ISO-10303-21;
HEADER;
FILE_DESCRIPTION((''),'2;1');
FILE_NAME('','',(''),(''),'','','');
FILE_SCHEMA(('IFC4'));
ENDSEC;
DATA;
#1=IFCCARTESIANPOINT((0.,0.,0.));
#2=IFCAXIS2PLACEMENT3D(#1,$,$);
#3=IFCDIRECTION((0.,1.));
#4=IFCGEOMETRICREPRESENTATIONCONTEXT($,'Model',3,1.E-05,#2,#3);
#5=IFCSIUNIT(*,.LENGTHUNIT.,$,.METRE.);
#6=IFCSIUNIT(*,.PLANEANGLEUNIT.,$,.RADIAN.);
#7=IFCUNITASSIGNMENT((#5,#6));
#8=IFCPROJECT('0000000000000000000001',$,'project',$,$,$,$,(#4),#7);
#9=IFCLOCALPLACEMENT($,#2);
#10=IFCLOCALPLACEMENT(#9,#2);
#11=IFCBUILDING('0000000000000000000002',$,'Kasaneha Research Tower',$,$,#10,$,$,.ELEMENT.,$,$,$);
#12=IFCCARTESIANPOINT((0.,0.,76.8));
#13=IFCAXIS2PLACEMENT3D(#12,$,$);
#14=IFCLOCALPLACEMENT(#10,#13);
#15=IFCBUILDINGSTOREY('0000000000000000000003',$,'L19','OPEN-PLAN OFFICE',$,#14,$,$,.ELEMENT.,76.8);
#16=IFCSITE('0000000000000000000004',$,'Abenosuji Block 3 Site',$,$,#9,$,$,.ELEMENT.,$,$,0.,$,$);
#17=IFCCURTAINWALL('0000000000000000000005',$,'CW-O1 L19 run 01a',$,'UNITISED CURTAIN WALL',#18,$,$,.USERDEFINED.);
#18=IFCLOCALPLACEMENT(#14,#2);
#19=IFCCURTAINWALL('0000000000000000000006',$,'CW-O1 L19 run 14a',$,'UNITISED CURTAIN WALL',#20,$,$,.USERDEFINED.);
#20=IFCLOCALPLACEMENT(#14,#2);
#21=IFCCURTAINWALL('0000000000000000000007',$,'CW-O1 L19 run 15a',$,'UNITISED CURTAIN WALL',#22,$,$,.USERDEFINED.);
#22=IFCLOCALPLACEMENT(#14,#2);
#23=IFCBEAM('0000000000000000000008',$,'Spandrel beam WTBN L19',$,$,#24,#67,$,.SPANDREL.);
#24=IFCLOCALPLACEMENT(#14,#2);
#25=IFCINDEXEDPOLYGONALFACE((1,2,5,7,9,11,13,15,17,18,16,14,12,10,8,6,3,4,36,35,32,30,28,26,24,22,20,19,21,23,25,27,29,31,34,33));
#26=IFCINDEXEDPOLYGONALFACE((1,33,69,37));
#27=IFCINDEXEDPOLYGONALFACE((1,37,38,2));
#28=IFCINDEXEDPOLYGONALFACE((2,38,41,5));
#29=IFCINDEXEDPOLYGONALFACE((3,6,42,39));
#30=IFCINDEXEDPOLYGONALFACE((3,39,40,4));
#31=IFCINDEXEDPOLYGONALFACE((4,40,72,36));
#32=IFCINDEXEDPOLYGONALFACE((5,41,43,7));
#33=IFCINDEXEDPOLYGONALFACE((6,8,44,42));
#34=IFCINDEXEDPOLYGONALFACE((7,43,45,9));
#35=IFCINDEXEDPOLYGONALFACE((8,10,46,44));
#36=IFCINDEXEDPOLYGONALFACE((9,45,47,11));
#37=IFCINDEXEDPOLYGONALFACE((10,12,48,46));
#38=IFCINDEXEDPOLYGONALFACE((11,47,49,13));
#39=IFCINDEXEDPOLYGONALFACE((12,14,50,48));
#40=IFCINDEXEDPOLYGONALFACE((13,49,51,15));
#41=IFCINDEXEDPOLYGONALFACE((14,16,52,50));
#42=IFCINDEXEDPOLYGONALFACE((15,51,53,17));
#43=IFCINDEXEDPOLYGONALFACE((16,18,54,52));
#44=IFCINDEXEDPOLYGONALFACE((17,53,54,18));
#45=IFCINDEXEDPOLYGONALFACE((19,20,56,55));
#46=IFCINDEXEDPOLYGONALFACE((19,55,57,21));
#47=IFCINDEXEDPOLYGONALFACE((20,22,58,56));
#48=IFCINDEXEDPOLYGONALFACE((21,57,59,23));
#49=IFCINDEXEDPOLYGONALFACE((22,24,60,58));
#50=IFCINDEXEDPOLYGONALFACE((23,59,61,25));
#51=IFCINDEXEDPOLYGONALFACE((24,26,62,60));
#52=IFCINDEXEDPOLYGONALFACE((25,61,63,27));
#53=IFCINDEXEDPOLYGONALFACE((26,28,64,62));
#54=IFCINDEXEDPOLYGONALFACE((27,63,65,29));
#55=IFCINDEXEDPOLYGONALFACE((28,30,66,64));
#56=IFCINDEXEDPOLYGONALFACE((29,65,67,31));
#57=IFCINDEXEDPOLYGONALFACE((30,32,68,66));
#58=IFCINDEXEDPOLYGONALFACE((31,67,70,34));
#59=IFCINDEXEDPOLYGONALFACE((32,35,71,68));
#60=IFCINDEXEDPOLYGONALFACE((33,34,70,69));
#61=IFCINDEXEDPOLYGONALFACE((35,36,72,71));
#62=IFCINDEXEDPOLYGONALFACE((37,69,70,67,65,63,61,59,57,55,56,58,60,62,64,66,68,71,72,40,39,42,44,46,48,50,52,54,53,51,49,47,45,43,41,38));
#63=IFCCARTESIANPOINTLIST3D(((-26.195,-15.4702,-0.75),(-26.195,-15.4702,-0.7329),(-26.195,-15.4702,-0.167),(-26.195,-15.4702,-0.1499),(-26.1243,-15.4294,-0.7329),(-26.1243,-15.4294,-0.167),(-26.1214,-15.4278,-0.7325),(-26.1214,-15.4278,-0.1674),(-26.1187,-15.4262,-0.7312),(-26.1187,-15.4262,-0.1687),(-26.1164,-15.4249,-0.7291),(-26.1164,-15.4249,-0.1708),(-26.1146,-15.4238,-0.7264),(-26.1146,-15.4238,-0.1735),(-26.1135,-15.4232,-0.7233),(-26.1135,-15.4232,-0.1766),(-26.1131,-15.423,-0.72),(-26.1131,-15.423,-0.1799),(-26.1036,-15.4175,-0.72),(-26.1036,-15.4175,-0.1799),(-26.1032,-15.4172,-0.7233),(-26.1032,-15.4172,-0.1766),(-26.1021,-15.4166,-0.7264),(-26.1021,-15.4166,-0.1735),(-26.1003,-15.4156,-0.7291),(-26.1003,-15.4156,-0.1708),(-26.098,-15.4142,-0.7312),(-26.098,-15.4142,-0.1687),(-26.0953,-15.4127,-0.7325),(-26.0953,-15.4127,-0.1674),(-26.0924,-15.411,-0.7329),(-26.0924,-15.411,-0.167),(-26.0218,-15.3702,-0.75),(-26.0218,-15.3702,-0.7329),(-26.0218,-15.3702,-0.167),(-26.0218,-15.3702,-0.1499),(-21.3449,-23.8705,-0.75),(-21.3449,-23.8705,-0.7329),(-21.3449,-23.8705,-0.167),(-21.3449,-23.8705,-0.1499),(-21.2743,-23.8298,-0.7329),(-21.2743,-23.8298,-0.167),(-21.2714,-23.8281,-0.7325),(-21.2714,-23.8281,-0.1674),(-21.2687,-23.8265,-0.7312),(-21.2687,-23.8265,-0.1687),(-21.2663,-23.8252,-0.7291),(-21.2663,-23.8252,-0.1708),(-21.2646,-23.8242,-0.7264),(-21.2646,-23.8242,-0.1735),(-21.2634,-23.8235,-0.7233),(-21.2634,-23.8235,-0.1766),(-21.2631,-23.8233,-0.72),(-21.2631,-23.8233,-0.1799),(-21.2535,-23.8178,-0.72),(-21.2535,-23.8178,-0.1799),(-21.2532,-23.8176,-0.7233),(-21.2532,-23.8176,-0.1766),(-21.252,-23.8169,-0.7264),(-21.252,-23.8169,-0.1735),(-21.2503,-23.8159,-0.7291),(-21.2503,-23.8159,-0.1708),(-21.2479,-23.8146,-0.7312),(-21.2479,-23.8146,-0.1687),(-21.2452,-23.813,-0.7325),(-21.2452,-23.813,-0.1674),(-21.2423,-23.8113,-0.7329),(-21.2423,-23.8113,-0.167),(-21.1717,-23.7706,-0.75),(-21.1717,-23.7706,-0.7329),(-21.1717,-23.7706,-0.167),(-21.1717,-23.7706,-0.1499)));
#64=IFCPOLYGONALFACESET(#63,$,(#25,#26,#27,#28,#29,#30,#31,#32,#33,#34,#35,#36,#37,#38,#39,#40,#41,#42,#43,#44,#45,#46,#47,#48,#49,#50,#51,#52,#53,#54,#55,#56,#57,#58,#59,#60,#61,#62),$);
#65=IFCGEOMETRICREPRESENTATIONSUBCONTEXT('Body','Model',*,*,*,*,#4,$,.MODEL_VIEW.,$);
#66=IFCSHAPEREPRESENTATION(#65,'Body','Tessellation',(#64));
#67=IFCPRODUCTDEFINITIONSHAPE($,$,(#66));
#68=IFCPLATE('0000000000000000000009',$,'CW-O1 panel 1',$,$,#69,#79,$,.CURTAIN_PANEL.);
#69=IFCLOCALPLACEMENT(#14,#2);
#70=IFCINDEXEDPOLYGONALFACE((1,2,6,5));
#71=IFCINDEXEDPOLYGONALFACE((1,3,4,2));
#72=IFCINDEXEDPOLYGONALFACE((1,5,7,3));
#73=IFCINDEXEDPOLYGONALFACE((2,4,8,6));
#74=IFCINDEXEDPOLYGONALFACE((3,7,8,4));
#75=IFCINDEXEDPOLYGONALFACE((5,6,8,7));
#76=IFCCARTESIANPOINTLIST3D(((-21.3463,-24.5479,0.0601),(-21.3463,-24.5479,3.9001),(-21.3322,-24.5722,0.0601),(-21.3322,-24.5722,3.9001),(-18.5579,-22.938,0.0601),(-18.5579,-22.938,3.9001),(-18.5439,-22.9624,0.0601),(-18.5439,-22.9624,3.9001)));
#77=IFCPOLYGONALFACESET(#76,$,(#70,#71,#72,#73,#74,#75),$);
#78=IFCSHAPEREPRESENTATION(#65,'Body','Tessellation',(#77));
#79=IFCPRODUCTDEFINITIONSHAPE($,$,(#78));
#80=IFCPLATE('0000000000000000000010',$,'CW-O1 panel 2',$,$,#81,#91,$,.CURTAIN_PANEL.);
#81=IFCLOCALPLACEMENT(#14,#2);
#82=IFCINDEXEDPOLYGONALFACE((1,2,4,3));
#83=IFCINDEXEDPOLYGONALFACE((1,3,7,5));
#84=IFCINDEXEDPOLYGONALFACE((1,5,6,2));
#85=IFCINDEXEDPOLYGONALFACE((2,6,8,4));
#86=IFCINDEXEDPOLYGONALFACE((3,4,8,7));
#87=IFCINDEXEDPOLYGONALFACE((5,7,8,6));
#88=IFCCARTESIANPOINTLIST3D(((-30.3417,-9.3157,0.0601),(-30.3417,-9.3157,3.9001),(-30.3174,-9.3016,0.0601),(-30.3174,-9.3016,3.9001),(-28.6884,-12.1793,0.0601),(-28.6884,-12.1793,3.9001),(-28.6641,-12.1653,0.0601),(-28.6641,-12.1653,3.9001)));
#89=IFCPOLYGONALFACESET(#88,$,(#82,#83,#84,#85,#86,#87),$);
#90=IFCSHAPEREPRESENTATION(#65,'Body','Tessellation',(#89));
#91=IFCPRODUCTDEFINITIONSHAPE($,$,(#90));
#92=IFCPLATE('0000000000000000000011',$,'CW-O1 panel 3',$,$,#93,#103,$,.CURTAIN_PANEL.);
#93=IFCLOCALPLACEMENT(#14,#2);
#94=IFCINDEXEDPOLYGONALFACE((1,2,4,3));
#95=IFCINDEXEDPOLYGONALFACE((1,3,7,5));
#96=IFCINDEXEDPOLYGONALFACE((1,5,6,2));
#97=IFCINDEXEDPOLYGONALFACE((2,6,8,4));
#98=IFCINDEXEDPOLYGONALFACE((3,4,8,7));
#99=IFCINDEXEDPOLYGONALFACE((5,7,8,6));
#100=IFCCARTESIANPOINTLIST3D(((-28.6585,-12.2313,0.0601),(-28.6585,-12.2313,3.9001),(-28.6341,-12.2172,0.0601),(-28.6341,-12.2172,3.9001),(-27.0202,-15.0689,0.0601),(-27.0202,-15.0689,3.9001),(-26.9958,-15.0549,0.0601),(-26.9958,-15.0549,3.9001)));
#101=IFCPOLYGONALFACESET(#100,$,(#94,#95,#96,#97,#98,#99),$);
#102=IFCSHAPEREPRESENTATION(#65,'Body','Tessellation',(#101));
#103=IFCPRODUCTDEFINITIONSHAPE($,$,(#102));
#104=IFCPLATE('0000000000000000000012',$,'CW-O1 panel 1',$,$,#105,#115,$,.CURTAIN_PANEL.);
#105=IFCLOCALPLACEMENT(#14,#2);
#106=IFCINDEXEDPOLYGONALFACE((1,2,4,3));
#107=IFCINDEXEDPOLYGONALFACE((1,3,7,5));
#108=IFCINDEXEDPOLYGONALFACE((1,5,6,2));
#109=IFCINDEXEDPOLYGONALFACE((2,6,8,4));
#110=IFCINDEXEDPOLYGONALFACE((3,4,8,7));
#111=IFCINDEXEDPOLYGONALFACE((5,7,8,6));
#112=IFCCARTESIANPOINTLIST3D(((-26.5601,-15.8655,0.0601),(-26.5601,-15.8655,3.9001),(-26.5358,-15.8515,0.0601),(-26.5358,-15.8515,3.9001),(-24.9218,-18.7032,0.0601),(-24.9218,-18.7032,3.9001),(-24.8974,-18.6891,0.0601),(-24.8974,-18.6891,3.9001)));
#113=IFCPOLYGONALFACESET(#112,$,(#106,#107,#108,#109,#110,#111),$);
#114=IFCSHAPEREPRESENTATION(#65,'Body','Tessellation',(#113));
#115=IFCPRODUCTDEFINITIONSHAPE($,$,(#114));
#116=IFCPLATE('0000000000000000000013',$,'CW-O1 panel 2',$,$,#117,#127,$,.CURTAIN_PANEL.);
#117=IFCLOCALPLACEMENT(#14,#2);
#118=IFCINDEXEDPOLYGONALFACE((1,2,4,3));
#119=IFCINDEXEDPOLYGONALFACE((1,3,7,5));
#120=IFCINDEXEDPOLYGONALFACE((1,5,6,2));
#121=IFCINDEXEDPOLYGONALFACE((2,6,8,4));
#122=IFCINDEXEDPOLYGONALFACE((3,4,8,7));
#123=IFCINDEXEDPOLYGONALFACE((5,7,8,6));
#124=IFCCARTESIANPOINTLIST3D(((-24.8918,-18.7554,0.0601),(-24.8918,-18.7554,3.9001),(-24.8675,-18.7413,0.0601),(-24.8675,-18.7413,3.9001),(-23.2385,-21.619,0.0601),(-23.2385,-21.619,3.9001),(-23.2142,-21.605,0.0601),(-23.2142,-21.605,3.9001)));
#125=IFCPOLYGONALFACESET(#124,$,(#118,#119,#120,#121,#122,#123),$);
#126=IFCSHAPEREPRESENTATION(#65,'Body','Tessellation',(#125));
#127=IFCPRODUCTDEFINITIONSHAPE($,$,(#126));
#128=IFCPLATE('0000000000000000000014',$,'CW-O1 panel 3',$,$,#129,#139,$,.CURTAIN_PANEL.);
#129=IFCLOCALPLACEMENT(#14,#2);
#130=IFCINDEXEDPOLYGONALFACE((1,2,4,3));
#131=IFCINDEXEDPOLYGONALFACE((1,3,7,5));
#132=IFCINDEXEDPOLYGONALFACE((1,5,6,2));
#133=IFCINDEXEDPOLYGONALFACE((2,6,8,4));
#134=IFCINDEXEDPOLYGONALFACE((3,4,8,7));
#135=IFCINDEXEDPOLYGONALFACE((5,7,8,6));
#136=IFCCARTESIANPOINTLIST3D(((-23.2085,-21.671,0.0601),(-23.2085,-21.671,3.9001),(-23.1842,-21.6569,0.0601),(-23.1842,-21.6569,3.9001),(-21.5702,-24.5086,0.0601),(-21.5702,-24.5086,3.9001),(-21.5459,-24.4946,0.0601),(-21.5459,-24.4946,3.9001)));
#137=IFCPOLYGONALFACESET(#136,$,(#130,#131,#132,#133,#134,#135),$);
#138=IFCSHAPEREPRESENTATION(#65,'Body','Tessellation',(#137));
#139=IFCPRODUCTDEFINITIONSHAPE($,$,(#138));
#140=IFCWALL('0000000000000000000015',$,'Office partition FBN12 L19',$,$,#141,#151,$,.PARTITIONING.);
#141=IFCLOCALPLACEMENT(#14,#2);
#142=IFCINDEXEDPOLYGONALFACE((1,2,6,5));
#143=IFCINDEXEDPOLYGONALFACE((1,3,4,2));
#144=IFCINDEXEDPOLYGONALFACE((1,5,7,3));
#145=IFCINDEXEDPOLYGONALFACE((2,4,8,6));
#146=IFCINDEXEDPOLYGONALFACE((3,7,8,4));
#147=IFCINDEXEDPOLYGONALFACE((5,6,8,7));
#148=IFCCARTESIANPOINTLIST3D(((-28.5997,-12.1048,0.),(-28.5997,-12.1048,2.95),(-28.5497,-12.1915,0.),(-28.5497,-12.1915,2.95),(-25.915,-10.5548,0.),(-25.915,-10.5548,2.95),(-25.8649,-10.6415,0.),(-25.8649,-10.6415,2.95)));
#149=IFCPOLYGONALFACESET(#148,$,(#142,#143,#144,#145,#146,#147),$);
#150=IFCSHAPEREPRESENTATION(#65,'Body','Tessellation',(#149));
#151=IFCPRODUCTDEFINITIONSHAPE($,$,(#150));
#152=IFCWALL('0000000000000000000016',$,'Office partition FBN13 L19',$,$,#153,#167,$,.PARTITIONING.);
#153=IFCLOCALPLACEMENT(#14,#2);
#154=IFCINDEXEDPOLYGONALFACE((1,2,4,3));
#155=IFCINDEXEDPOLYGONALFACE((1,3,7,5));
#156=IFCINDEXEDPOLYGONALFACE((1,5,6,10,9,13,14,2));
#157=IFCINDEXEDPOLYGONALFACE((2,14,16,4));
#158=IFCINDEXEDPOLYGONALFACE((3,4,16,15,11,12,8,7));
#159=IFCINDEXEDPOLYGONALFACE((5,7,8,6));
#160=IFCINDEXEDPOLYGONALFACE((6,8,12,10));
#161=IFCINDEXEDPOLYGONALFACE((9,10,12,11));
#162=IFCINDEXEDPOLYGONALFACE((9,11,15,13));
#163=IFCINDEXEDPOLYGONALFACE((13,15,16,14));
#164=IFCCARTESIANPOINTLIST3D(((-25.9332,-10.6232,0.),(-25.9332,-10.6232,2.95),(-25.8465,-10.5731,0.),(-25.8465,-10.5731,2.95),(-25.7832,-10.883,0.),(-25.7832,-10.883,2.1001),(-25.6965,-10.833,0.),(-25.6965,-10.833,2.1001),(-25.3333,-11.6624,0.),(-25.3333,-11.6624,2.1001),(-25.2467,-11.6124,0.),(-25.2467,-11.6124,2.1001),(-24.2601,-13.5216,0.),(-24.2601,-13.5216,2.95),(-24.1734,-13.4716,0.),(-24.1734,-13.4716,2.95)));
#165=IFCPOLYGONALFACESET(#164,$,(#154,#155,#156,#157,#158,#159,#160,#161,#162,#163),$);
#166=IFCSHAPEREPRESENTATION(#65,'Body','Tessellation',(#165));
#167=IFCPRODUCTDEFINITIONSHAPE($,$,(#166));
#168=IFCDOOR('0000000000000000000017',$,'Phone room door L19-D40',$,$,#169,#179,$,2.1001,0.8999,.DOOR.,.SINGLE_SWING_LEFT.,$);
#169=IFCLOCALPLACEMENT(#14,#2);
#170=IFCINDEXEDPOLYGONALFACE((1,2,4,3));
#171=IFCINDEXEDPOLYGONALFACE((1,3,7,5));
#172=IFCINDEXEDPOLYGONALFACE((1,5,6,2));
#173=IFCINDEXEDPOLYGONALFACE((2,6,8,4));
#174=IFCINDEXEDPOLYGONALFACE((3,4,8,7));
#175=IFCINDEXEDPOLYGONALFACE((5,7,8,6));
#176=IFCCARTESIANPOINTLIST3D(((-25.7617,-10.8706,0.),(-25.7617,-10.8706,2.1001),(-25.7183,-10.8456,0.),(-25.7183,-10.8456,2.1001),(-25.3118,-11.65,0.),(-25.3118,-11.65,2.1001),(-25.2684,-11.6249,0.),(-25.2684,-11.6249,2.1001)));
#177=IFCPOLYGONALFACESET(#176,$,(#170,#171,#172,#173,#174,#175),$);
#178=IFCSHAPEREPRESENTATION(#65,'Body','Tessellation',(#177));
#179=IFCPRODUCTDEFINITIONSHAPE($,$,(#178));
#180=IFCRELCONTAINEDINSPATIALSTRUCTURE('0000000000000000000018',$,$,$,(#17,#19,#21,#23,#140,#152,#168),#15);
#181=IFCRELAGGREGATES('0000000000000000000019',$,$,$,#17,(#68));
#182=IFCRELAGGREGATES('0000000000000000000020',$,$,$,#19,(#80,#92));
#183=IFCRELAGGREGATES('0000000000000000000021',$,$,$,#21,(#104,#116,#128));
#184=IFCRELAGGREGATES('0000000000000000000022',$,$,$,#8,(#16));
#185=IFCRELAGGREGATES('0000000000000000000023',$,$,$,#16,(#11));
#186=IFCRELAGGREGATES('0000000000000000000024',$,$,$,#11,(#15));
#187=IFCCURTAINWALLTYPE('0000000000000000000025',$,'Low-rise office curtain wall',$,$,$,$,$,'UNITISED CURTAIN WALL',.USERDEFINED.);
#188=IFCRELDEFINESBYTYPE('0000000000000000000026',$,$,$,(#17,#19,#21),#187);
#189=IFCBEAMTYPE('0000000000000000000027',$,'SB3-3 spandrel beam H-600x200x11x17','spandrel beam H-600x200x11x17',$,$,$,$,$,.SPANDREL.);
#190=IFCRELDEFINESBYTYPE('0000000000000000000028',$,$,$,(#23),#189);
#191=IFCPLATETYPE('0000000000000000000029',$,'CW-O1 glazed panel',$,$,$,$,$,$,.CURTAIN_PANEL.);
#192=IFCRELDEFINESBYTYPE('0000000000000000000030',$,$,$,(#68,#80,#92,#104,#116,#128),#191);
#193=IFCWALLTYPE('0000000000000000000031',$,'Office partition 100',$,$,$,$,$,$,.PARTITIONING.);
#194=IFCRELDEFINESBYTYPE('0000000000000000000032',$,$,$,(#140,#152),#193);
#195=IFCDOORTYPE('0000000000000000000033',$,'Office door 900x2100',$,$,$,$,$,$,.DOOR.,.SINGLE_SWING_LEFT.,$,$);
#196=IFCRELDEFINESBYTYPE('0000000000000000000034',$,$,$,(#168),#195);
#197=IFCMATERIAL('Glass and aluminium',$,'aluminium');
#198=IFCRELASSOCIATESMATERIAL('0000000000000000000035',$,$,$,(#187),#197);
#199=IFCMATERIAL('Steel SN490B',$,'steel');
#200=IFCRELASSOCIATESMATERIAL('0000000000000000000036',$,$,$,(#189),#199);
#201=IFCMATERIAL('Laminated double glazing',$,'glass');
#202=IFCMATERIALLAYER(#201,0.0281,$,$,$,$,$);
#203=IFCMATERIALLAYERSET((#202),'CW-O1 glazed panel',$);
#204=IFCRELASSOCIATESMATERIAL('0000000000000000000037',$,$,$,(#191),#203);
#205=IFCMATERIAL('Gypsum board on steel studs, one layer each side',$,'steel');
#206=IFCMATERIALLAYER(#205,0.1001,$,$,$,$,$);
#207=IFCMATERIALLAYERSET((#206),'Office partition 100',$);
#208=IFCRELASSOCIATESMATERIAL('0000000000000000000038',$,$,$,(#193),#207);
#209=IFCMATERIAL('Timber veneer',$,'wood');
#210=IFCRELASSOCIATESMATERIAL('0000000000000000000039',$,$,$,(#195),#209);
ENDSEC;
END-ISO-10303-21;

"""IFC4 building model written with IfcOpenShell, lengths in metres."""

from ifc_helpers import new_model, si_unit, direction, frame, frame_2d, origin, origin_2d, place, context, subcontext, project, spatial, rectangle, i_section, extrude, material, layer, layer_set, material_profile, profile_set, type_object, element, fill, aggregate, save


model = new_model("IFC4")

# Units and contexts
model_context = context("Model", 3, precision=1e-05, world=origin(), true_north=direction((0.0, 1.0)))
body_context = subcontext(model_context, "Body", "Model", "MODEL_VIEW")
ifc_project = project(units=[si_unit("LENGTHUNIT", "METRE"), si_unit("PLANEANGLEUNIT", "RADIAN")], contexts=[model_context])

# Site, building, storey
site_placement = place(None, origin())
site = spatial("IfcSite", under=ifc_project, at=site_placement, Name="Abenosuji Block 3 Site", CompositionType="ELEMENT", RefElevation=0.0)
building_placement = place(site_placement, origin())
building = spatial("IfcBuilding", under=site, at=building_placement, Name="Kasaneha Research Tower", CompositionType="ELEMENT")
storey_placement = place(building_placement, frame((0.0, 0.0, 76.8)))
storey = spatial("IfcBuildingStorey", under=building, at=storey_placement, Name="L19", Description="OPEN-PLAN OFFICE", CompositionType="ELEMENT", Elevation=76.8)

# Curtain wall
ifc_material_1 = material(Name="Glass and aluminium", Category="aluminium")
curtain_wall_type = type_object("IfcCurtainWallType", Name="Low-rise office curtain wall", ElementType="UNITISED CURTAIN WALL", PredefinedType="USERDEFINED", material=ifc_material_1)
curtain_wall_1_placement = place(storey_placement, origin())
curtain_wall_1 = element("IfcCurtainWall", 1, at=curtain_wall_1_placement, inside=storey, type_object=curtain_wall_type, Name="CW-O1 L19 run 01a", ObjectType="UNITISED CURTAIN WALL", PredefinedType="USERDEFINED")

# Curtain walls
curtain_wall_2_placement = place(storey_placement, origin())
curtain_wall_2 = element("IfcCurtainWall", 2, at=curtain_wall_2_placement, inside=storey, type_object=curtain_wall_type, Name="CW-O1 L19 run 14a", ObjectType="UNITISED CURTAIN WALL", PredefinedType="USERDEFINED")
curtain_wall_3_placement = place(storey_placement, origin())
curtain_wall_3 = element("IfcCurtainWall", 3, at=curtain_wall_3_placement, inside=storey, type_object=curtain_wall_type, Name="CW-O1 L19 run 15a", ObjectType="UNITISED CURTAIN WALL", PredefinedType="USERDEFINED")

# Beam
ifc_material_2 = material(Name="Steel SN490B", Category="steel")
ifc_material_profile_1 = material_profile(ifc_material_2, i_section(OverallWidth=0.2, OverallDepth=0.6001, WebThickness=0.011, FlangeThickness=0.0171, FilletRadius=0.0129, at=origin_2d()), Name="H-600x200x11x17")
ifc_profile_set_1 = profile_set([ifc_material_profile_1], Name="Steel SN490B")
beam_type = type_object("IfcBeamType", Name="SB3-3 spandrel beam H-600x200x11x17", Description="spandrel beam H-600x200x11x17", PredefinedType="SPANDREL", material=ifc_profile_set_1)
beam_placement = place(storey_placement, frame((-21.2583, -23.8206, -0.45), z_axis=(-0.50001, 0.86602, 0.0), x_axis=(-0.86602, -0.50001, 0.0)))
element("IfcBeam", 4, at=beam_placement, inside=storey, type_object=beam_type, Name="Spandrel beam WTBN L19", PredefinedType="SPANDREL", context=body_context, shape_type="SweptSolid", body=[
    extrude(i_section(OverallWidth=0.2, OverallDepth=0.6001, WebThickness=0.011, FlangeThickness=0.0171, FilletRadius=0.0129, at=origin_2d()), origin(), (0.0, 0.0, 1.0), 9.7),
])

# Plates
ifc_material_3 = material(Name="Laminated double glazing", Category="glass")
ifc_layer_1 = layer(ifc_material_3, 0.0281)
ifc_layer_set_1 = layer_set([ifc_layer_1], Name="CW-O1 glazed panel")
plate_type = type_object("IfcPlateType", Name="CW-O1 glazed panel", PredefinedType="CURTAIN_PANEL", material=ifc_layer_set_1)
plate_1_placement = place(storey_placement, frame((-19.9451, -23.7551, 0.0601), z_axis=(0.0, 0.0, 1.0), x_axis=(0.866025, 0.5, 0.0)))
plate_1 = element("IfcPlate", 5, at=plate_1_placement, type_object=plate_type, Name="CW-O1 panel 1", PredefinedType="CURTAIN_PANEL", context=body_context, shape_type="SweptSolid", body=[
    extrude(rectangle(XDim=3.2197, YDim=0.0281, at=origin_2d()), origin(), (0.0, 0.0, 1.0), 3.8401),
])
aggregate(curtain_wall_1, [plate_1])
plate_2_placement = place(storey_placement, frame((-29.5029, -10.7405, 0.0601), z_axis=(0.0, 0.0, 1.0), x_axis=(0.5, -0.866025, 0.0)))
plate_2 = element("IfcPlate", 6, at=plate_2_placement, type_object=plate_type, Name="CW-O1 panel 2", PredefinedType="CURTAIN_PANEL", context=body_context, shape_type="SweptSolid", body=[
    extrude(rectangle(XDim=3.3066, YDim=0.0281, at=origin_2d()), origin(), (0.0, 0.0, 1.0), 3.8401),
])
plate_3_placement = place(storey_placement, frame((-27.8271, -13.6431, 0.0601), z_axis=(0.0, 0.0, 1.0), x_axis=(0.5, -0.866025, 0.0)))
plate_3 = element("IfcPlate", 7, at=plate_3_placement, type_object=plate_type, Name="CW-O1 panel 3", PredefinedType="CURTAIN_PANEL", context=body_context, shape_type="SweptSolid", body=[
    extrude(rectangle(XDim=3.2766, YDim=0.0281, at=origin_2d()), origin(), (0.0, 0.0, 1.0), 3.8401),
])
aggregate(curtain_wall_2, [plate_2, plate_3])
plate_4_placement = place(storey_placement, frame((-25.7288, -17.2773, 0.0601), z_axis=(0.0, 0.0, 1.0), x_axis=(0.5, -0.866025, 0.0)))
plate_4 = element("IfcPlate", 8, at=plate_4_placement, type_object=plate_type, Name="CW-O1 panel 1", PredefinedType="CURTAIN_PANEL", context=body_context, shape_type="SweptSolid", body=[
    extrude(rectangle(XDim=3.2766, YDim=0.0281, at=origin_2d()), origin(), (0.0, 0.0, 1.0), 3.8401),
])
plate_5_placement = place(storey_placement, frame((-24.053, -20.1802, 0.0601), z_axis=(0.0, 0.0, 1.0), x_axis=(0.5, -0.866025, 0.0)))
plate_5 = element("IfcPlate", 9, at=plate_5_placement, type_object=plate_type, Name="CW-O1 panel 2", PredefinedType="CURTAIN_PANEL", context=body_context, shape_type="SweptSolid", body=[
    extrude(rectangle(XDim=3.3066, YDim=0.0281, at=origin_2d()), origin(), (0.0, 0.0, 1.0), 3.8401),
])
plate_6_placement = place(storey_placement, frame((-22.3772, -23.0828, 0.0601), z_axis=(0.0, 0.0, 1.0), x_axis=(0.5, -0.866025, 0.0)))
plate_6 = element("IfcPlate", 10, at=plate_6_placement, type_object=plate_type, Name="CW-O1 panel 3", PredefinedType="CURTAIN_PANEL", context=body_context, shape_type="SweptSolid", body=[
    extrude(rectangle(XDim=3.2766, YDim=0.0281, at=origin_2d()), origin(), (0.0, 0.0, 1.0), 3.8401),
])
aggregate(curtain_wall_3, [plate_4, plate_5, plate_6])

# Wall
ifc_material_4 = material(Name="Gypsum board on steel studs, one layer each side", Category="steel")
ifc_layer_2 = layer(ifc_material_4, 0.1001)
ifc_layer_set_2 = layer_set([ifc_layer_2], Name="Office partition 100")
wall_type = type_object("IfcWallType", Name="Office partition 100", PredefinedType="PARTITIONING", material=ifc_layer_set_2)
wall_1_placement = place(storey_placement, frame((-28.5747, -12.1482, 0.0), z_axis=(0.0, 0.0, 1.0), x_axis=(0.86603, 0.499993, 0.0)))
element("IfcWall", 11, at=wall_1_placement, inside=storey, type_object=wall_type, Name="Office partition FBN12 L19", PredefinedType="PARTITIONING", context=body_context, shape_type="SweptSolid", body=[
    extrude(rectangle(XDim=3.1001, YDim=0.1001, at=frame_2d((1.55, 0.0))), origin(), (0.0, 0.0, 1.0), 2.95),
])

# Wall, opening, door
wall_2_placement = place(storey_placement, frame((-25.8899, -10.5981, 0.0), z_axis=(0.0, 0.0, 1.0), x_axis=(0.499929, -0.866067, 0.0)))
wall_2 = element("IfcWall", 12, at=wall_2_placement, inside=storey, type_object=wall_type, Name="Office partition FBN13 L19", PredefinedType="PARTITIONING", context=body_context, shape_type="SweptSolid", body=[
    extrude(rectangle(XDim=3.3467, YDim=0.1001, at=frame_2d((1.6733, 0.0))), origin(), (0.0, 0.0, 1.0), 2.95),
])
opening_1_placement = place(wall_2_placement, frame((0.3, 0.0, 0.0)))
opening_1 = element("IfcOpeningElement", 13, at=opening_1_placement, cuts=wall_2, PredefinedType="OPENING", context=body_context, shape_type="SweptSolid", body=[
    extrude(rectangle(XDim=0.8999, YDim=2.1001, at=frame_2d((0.45, 1.05))), frame((0.0, 0.0601, 0.0), z_axis=(0.0, -1.0, 0.0), x_axis=(1.0, 0.0, 0.0)), (0.0, 0.0, 1.0), 0.1201),
])
ifc_material_5 = material(Name="Timber veneer", Category="wood")
door_type = type_object("IfcDoorType", Name="Office door 900x2100", OperationType="SINGLE_SWING_LEFT", PredefinedType="DOOR", material=ifc_material_5)
door_1_placement = place(opening_1_placement, origin())
door_1 = element("IfcDoor", 14, at=door_1_placement, inside=storey, type_object=door_type, Name="Phone room door L19-D40", OperationType="SINGLE_SWING_LEFT", OverallHeight=2.1001, OverallWidth=0.8999, PredefinedType="DOOR", context=body_context, shape_type="SweptSolid", body=[
    extrude(rectangle(XDim=0.8999, YDim=2.1001, at=frame_2d((0.45, 1.05))), frame((0.0, 0.0249, 0.0), z_axis=(0.0, -1.0, 0.0), x_axis=(1.0, 0.0, 0.0)), (0.0, 0.0, 1.0), 0.05),
])
fill(opening_1, door_1)

save(model, "model.ifc")
